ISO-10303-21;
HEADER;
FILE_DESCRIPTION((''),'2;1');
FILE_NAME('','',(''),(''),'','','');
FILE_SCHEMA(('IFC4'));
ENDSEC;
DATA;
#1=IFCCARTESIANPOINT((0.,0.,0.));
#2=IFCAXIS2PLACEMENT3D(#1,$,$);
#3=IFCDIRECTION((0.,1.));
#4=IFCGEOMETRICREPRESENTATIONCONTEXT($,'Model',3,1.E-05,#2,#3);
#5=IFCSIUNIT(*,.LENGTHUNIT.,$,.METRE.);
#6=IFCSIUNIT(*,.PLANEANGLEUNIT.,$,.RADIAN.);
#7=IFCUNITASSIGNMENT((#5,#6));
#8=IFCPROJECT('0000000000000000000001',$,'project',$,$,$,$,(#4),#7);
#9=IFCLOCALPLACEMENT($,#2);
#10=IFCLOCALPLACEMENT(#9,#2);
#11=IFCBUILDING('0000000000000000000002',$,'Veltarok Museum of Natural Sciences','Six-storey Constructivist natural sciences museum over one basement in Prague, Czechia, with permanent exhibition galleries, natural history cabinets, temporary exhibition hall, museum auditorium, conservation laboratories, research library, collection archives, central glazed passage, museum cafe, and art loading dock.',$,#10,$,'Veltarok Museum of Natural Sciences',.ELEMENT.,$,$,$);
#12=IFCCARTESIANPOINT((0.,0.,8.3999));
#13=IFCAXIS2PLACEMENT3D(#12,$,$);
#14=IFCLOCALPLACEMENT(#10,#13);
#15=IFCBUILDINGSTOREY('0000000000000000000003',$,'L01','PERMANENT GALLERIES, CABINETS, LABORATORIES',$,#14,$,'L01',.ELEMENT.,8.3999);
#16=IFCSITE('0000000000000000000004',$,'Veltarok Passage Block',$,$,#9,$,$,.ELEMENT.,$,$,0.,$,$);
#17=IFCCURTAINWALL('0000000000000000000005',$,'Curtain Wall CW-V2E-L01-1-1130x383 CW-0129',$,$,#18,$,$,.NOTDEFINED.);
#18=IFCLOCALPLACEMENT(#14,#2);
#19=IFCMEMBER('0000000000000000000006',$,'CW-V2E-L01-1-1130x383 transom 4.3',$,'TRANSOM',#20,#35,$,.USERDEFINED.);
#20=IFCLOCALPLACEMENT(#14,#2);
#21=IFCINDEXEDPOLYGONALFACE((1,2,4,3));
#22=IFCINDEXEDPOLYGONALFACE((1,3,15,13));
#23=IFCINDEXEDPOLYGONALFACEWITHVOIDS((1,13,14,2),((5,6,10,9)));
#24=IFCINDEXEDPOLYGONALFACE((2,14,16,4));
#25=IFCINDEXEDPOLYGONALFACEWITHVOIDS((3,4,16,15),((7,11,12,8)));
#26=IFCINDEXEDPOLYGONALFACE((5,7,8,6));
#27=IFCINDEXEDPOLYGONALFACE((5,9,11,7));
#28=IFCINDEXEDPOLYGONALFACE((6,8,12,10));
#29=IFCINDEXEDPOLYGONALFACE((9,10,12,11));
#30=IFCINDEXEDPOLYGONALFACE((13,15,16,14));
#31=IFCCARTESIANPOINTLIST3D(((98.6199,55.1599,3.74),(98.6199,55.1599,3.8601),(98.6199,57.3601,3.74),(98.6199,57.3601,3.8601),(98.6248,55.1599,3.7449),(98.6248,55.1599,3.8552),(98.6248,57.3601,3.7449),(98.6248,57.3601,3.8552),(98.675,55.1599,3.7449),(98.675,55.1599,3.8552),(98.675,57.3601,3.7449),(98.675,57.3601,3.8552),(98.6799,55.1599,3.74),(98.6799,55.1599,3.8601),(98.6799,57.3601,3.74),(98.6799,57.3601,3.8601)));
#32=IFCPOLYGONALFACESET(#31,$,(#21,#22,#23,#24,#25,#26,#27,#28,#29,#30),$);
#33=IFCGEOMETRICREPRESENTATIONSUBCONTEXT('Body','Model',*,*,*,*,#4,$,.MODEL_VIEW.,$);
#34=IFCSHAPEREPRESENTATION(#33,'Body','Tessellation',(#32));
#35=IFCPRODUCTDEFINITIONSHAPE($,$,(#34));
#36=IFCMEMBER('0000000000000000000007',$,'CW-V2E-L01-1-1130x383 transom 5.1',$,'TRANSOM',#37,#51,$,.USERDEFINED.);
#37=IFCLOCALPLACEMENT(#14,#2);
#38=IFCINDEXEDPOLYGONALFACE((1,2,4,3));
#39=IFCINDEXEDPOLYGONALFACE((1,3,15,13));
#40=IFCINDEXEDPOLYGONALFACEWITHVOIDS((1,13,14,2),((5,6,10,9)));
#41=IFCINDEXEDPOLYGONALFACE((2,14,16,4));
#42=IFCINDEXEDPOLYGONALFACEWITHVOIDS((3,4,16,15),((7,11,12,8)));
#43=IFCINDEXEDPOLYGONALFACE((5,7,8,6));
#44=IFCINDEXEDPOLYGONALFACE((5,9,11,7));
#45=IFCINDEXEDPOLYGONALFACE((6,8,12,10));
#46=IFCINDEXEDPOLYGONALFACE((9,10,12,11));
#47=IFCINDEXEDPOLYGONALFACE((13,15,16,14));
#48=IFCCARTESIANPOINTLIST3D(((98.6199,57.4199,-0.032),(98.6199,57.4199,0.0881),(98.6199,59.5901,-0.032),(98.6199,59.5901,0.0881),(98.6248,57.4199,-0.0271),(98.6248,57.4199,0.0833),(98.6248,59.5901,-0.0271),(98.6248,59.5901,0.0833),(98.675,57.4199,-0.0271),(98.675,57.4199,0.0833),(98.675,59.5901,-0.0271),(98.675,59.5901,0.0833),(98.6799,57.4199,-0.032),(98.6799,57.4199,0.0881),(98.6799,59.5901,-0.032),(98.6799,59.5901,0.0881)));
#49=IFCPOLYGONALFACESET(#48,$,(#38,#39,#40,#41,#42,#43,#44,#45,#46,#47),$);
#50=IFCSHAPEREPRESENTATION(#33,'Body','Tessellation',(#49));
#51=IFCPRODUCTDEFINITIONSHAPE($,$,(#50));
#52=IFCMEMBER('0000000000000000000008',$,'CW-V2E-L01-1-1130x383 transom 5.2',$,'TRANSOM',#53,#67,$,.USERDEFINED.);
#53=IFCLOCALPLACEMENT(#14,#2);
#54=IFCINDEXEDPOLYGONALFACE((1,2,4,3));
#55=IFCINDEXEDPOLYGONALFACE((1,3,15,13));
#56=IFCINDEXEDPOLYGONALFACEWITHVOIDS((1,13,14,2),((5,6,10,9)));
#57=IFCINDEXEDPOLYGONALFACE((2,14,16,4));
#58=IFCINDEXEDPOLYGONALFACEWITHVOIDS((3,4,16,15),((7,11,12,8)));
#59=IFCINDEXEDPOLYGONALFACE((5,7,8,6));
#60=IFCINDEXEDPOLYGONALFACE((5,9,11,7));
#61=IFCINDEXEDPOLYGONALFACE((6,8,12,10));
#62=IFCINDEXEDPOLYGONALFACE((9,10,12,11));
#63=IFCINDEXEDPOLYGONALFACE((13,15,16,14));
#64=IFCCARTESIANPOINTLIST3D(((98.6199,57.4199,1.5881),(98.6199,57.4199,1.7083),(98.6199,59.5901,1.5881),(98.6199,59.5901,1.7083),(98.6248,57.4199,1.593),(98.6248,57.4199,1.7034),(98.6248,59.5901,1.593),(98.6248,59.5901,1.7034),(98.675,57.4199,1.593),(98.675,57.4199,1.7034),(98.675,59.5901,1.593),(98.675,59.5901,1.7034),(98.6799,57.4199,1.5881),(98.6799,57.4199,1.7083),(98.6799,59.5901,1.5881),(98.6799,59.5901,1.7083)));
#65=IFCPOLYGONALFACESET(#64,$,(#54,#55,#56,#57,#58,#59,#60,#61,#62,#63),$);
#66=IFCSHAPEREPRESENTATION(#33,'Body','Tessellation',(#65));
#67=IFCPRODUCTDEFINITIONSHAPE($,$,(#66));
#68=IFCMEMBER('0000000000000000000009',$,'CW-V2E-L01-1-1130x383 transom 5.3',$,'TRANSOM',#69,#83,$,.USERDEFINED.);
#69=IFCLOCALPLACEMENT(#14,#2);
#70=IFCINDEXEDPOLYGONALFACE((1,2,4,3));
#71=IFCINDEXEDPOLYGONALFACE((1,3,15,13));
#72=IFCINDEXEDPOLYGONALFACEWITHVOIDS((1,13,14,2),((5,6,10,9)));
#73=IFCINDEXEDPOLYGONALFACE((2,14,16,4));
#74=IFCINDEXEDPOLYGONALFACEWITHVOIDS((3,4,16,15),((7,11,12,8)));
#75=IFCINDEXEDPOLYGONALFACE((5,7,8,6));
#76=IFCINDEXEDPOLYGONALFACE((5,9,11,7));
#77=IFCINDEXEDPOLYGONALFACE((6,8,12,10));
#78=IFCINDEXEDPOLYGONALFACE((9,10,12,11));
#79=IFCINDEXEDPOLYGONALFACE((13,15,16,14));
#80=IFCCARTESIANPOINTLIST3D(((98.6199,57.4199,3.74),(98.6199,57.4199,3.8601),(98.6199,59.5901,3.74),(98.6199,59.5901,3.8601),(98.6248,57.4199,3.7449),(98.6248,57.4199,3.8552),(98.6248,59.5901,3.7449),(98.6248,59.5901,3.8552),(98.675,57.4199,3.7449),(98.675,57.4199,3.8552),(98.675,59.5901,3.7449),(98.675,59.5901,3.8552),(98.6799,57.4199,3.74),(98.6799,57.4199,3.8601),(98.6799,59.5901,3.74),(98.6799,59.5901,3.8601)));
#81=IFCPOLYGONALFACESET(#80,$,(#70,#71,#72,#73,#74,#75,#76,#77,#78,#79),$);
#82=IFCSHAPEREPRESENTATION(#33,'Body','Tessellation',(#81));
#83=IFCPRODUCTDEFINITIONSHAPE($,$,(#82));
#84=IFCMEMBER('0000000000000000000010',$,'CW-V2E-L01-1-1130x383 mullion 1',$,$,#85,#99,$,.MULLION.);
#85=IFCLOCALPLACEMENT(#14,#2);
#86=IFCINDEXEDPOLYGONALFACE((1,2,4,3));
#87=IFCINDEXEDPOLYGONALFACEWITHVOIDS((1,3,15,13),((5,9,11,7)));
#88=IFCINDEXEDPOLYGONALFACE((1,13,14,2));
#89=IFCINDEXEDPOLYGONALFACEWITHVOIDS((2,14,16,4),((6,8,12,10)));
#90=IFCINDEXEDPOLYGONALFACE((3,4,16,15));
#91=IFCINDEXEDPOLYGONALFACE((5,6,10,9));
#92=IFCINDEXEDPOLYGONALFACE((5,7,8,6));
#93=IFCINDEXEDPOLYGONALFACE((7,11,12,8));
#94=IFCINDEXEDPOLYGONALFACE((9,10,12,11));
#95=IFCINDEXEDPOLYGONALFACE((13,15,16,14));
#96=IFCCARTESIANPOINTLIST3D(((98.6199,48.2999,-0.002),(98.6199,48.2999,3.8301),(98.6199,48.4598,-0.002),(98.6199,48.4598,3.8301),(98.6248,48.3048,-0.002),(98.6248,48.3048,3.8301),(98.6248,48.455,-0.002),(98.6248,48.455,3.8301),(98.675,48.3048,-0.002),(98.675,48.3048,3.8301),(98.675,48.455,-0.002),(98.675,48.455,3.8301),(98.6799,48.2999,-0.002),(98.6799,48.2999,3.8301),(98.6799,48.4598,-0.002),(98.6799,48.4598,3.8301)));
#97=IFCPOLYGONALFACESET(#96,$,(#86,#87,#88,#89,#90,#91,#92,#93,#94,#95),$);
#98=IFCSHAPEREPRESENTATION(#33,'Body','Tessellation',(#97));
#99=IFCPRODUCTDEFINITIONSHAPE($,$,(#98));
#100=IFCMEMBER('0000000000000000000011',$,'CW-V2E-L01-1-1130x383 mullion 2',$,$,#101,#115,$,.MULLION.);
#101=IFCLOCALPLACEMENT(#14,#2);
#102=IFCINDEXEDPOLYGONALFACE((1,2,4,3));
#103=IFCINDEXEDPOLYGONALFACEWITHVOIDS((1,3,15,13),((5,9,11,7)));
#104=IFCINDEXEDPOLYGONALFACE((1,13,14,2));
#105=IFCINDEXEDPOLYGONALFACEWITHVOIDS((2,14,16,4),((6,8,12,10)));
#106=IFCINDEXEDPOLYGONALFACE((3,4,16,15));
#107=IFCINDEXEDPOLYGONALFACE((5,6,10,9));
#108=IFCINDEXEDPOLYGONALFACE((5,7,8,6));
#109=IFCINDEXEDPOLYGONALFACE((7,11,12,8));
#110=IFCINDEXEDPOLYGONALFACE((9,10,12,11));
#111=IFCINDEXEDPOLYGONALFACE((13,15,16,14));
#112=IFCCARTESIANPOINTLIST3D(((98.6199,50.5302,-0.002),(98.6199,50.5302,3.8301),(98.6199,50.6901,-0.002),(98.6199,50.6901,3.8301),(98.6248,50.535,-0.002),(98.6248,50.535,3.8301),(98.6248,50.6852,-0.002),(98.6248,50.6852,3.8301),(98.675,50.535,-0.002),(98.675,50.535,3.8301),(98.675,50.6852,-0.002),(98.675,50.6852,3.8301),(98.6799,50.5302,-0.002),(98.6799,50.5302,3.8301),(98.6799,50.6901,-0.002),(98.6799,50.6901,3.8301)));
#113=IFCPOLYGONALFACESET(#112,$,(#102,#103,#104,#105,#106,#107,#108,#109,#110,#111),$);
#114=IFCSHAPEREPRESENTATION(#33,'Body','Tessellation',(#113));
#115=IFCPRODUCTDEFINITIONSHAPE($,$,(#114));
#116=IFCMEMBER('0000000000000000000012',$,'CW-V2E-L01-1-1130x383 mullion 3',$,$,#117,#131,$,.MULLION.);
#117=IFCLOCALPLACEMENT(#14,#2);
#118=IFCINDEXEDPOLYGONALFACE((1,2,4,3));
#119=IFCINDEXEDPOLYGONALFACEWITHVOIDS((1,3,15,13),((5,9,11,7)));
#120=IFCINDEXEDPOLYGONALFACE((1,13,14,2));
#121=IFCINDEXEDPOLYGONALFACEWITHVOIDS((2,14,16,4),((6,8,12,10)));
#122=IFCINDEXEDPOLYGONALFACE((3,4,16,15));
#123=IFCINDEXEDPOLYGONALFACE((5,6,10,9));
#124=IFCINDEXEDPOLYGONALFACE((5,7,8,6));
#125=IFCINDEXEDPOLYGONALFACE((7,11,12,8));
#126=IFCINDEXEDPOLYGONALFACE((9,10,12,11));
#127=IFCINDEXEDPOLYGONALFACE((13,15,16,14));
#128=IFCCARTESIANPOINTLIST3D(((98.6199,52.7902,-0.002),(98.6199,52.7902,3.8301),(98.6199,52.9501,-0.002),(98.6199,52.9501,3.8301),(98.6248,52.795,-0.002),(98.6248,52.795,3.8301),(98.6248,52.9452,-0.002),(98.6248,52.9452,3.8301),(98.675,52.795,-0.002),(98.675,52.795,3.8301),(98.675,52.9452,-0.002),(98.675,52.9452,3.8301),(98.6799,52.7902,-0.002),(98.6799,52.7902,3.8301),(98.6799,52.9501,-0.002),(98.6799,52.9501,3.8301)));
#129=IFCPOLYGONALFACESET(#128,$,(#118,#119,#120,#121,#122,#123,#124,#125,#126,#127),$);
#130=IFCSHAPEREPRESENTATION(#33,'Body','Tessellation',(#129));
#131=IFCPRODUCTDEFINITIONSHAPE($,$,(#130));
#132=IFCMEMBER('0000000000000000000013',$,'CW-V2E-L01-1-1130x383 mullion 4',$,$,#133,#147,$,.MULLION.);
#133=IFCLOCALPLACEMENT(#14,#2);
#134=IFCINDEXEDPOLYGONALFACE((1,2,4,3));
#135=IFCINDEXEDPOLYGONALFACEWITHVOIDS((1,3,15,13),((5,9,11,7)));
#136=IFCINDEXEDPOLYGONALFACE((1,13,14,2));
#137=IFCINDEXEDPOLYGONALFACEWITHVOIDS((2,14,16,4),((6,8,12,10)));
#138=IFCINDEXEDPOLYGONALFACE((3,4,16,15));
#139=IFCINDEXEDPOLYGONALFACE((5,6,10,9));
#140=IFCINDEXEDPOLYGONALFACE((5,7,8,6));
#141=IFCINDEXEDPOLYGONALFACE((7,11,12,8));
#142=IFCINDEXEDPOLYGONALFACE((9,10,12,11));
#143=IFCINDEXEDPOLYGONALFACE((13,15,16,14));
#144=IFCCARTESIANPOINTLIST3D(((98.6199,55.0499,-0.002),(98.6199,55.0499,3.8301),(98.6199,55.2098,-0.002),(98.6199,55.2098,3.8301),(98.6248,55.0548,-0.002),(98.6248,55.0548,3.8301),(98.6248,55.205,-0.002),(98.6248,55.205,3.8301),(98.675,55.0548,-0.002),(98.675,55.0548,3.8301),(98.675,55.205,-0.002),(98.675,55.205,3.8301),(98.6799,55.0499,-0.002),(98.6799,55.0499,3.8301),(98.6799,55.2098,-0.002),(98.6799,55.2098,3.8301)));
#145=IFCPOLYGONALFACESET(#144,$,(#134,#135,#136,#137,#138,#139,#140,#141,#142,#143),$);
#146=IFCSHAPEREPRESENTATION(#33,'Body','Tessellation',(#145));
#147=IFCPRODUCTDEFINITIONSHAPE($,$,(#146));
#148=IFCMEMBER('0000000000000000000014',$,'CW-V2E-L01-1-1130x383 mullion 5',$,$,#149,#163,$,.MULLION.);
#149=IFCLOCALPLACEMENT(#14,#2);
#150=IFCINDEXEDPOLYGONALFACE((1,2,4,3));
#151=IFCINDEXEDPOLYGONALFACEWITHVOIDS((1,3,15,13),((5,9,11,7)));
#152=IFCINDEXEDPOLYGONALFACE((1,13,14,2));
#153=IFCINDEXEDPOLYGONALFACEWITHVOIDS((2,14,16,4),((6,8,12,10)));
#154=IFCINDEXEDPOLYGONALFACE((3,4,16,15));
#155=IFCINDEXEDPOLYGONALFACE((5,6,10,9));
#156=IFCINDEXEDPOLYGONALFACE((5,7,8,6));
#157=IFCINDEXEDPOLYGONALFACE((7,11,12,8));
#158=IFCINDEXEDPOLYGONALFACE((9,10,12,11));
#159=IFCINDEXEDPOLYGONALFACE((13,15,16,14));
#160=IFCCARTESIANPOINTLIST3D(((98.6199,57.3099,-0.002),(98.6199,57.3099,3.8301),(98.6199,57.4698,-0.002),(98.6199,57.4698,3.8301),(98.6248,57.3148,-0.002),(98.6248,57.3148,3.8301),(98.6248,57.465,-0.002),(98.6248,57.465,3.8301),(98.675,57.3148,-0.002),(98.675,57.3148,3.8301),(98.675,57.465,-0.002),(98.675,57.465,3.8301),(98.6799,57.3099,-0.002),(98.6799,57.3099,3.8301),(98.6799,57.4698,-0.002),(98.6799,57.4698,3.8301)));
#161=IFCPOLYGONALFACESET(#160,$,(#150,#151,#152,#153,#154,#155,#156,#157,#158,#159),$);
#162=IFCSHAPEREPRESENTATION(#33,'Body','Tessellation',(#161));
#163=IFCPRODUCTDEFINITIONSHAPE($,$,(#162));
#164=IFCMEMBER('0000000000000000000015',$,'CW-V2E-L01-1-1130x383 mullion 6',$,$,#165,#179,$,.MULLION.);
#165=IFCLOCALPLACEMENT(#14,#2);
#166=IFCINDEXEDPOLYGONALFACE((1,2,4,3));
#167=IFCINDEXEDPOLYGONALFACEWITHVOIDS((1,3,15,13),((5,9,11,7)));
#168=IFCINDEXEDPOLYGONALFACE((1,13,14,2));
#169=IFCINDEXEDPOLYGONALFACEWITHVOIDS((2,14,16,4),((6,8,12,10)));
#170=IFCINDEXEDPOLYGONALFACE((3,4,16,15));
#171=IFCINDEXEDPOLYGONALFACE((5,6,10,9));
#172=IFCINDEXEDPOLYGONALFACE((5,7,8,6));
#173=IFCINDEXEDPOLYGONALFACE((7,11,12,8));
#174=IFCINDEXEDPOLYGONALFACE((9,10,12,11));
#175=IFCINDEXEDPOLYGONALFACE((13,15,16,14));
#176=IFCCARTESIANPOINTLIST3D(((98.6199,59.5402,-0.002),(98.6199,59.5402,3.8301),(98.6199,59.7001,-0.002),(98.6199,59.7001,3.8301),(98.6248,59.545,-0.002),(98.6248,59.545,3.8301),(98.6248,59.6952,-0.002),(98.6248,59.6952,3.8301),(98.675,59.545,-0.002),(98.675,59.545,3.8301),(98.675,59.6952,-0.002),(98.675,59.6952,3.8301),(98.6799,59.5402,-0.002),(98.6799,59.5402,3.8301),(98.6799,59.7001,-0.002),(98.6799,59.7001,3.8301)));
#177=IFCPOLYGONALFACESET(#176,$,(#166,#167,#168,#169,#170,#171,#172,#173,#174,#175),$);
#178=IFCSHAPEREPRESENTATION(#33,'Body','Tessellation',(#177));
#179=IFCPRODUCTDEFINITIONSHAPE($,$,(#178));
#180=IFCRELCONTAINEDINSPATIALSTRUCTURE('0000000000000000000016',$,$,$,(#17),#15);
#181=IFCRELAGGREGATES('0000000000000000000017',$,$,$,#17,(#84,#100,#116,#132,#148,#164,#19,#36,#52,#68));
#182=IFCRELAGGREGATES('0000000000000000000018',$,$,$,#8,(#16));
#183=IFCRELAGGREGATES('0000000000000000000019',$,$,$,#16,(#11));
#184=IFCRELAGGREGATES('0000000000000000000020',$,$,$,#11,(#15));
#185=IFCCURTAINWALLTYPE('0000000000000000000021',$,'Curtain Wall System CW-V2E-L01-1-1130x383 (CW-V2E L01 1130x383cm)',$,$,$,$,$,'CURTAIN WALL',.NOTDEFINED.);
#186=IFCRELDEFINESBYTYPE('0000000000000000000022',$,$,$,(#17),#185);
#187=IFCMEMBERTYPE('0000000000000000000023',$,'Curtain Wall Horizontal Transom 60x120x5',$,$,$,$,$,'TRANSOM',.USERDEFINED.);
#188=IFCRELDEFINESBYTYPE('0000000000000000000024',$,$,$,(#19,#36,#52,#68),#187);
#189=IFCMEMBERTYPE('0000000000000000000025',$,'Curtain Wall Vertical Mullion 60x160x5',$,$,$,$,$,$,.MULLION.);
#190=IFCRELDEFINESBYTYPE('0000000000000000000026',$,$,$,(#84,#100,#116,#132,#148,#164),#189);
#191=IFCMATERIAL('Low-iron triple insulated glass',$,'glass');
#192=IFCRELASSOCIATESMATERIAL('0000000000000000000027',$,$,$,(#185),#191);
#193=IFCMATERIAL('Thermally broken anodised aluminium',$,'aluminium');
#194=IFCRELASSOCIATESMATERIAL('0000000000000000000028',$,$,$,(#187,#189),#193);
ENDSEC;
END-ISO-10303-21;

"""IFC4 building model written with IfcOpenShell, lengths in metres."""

from ifc_helpers import new_model, si_unit, direction, frame, origin, origin_2d, place, context, subcontext, project, spatial, hollow_rectangle, extrude, material, material_profile, profile_set, type_object, element, aggregate, save


model = new_model("IFC4")

# Units and contexts
model_context = context("Model", 3, precision=1e-05, world=origin(), true_north=direction((0.0, 1.0)))
body_context = subcontext(model_context, "Body", "Model", "MODEL_VIEW")
ifc_project = project(units=[si_unit("LENGTHUNIT", "METRE"), si_unit("PLANEANGLEUNIT", "RADIAN")], contexts=[model_context])

# Site, building, storey
site_placement = place(None, origin())
site = spatial("IfcSite", under=ifc_project, at=site_placement, Name="Veltarok Passage Block", CompositionType="ELEMENT", RefElevation=0.0)
building_placement = place(site_placement, origin())
building = spatial("IfcBuilding", under=site, at=building_placement, Name="Veltarok Museum of Natural Sciences", Description="Six-storey Constructivist natural sciences museum over one basement in Prague, Czechia, with permanent exhibition galleries, natural history cabinets, temporary exhibition hall, museum auditorium, conservation laboratories, research library, collection archives, central glazed passage, museum cafe, and art loading dock.", LongName="Veltarok Museum of Natural Sciences", CompositionType="ELEMENT")
storey_placement = place(building_placement, frame((0.0, 0.0, 8.3999)))
storey = spatial("IfcBuildingStorey", under=building, at=storey_placement, Name="L01", Description="PERMANENT GALLERIES, CABINETS, LABORATORIES", LongName="L01", CompositionType="ELEMENT", Elevation=8.3999)

# Curtain wall, members
ifc_material_1 = material(Name="Low-iron triple insulated glass", Category="glass")
curtain_wall_type = type_object("IfcCurtainWallType", Name="Curtain Wall System CW-V2E-L01-1-1130x383 (CW-V2E L01 1130x383cm)", ElementType="CURTAIN WALL", PredefinedType="NOTDEFINED", material=ifc_material_1)
curtain_wall_placement = place(storey_placement, origin())
curtain_wall = element("IfcCurtainWall", 1, at=curtain_wall_placement, inside=storey, type_object=curtain_wall_type, Name="Curtain Wall CW-V2E-L01-1-1130x383 CW-0129", PredefinedType="NOTDEFINED")
ifc_material_2 = material(Name="Thermally broken anodised aluminium", Category="aluminium")
ifc_material_profile_1 = material_profile(ifc_material_2, hollow_rectangle(XDim=0.0601, YDim=0.1201, WallThickness=0.0049, at=origin_2d()), Name="CW TRANSOM 60x120x5")
ifc_profile_set_1 = profile_set([ifc_material_profile_1], Name="Thermally broken anodised aluminium")
member_type_1 = type_object("IfcMemberType", Name="Curtain Wall Horizontal Transom 60x120x5", ElementType="TRANSOM", PredefinedType="USERDEFINED", material=ifc_profile_set_1)
member_1_placement = place(storey_placement, frame((98.6499, 55.1599, 3.8), z_axis=(0.0, 1.0, 0.0), x_axis=(-1.0, 0.0, 0.0)))
member_1 = element("IfcMember", 2, at=member_1_placement, type_object=member_type_1, Name="CW-V2E-L01-1-1130x383 transom 4.3", ObjectType="TRANSOM", PredefinedType="USERDEFINED", context=body_context, shape_type="SweptSolid", body=[
    extrude(hollow_rectangle(XDim=0.0601, YDim=0.1201, WallThickness=0.0049, at=origin_2d()), origin(), (0.0, 0.0, 1.0), 2.2002),
])
member_2_placement = place(storey_placement, frame((98.6499, 57.4199, 0.0281), z_axis=(0.0, 1.0, 0.0), x_axis=(-1.0, 0.0, 0.0)))
member_2 = element("IfcMember", 3, at=member_2_placement, type_object=member_type_1, Name="CW-V2E-L01-1-1130x383 transom 5.1", ObjectType="TRANSOM", PredefinedType="USERDEFINED", context=body_context, shape_type="SweptSolid", body=[
    extrude(hollow_rectangle(XDim=0.0601, YDim=0.1201, WallThickness=0.0049, at=origin_2d()), origin(), (0.0, 0.0, 1.0), 2.1702),
])
member_3_placement = place(storey_placement, frame((98.6499, 57.4199, 1.6482), z_axis=(0.0, 1.0, 0.0), x_axis=(-1.0, 0.0, 0.0)))
member_3 = element("IfcMember", 4, at=member_3_placement, type_object=member_type_1, Name="CW-V2E-L01-1-1130x383 transom 5.2", ObjectType="TRANSOM", PredefinedType="USERDEFINED", context=body_context, shape_type="SweptSolid", body=[
    extrude(hollow_rectangle(XDim=0.0601, YDim=0.1201, WallThickness=0.0049, at=origin_2d()), origin(), (0.0, 0.0, 1.0), 2.1702),
])
member_4_placement = place(storey_placement, frame((98.6499, 57.4199, 3.8), z_axis=(0.0, 1.0, 0.0), x_axis=(-1.0, 0.0, 0.0)))
member_4 = element("IfcMember", 5, at=member_4_placement, type_object=member_type_1, Name="CW-V2E-L01-1-1130x383 transom 5.3", ObjectType="TRANSOM", PredefinedType="USERDEFINED", context=body_context, shape_type="SweptSolid", body=[
    extrude(hollow_rectangle(XDim=0.0601, YDim=0.1201, WallThickness=0.0049, at=origin_2d()), origin(), (0.0, 0.0, 1.0), 2.1702),
])
ifc_material_profile_2 = material_profile(ifc_material_2, hollow_rectangle(XDim=0.0601, YDim=0.1599, WallThickness=0.0049, at=origin_2d()), Name="CW MULLION 60x160x5")
ifc_profile_set_2 = profile_set([ifc_material_profile_2], Name="Thermally broken anodised aluminium")
member_type_2 = type_object("IfcMemberType", Name="Curtain Wall Vertical Mullion 60x160x5", PredefinedType="MULLION", material=ifc_profile_set_2)
member_5_placement = place(storey_placement, frame((98.6499, 48.3799, -0.002), z_axis=(0.0, 0.0, 1.0), x_axis=(-1.0, 0.0, 0.0)))
member_5 = element("IfcMember", 6, at=member_5_placement, type_object=member_type_2, Name="CW-V2E-L01-1-1130x383 mullion 1", PredefinedType="MULLION", context=body_context, shape_type="SweptSolid", body=[
    extrude(hollow_rectangle(XDim=0.0601, YDim=0.1599, WallThickness=0.0049, at=origin_2d()), origin(), (0.0, 0.0, 1.0), 3.832),
])
member_6_placement = place(storey_placement, frame((98.6499, 50.6101, -0.002), z_axis=(0.0, 0.0, 1.0), x_axis=(-1.0, 0.0, 0.0)))
member_6 = element("IfcMember", 7, at=member_6_placement, type_object=member_type_2, Name="CW-V2E-L01-1-1130x383 mullion 2", PredefinedType="MULLION", context=body_context, shape_type="SweptSolid", body=[
    extrude(hollow_rectangle(XDim=0.0601, YDim=0.1599, WallThickness=0.0049, at=origin_2d()), origin(), (0.0, 0.0, 1.0), 3.832),
])
member_7_placement = place(storey_placement, frame((98.6499, 52.8701, -0.002), z_axis=(0.0, 0.0, 1.0), x_axis=(-1.0, 0.0, 0.0)))
member_7 = element("IfcMember", 8, at=member_7_placement, type_object=member_type_2, Name="CW-V2E-L01-1-1130x383 mullion 3", PredefinedType="MULLION", context=body_context, shape_type="SweptSolid", body=[
    extrude(hollow_rectangle(XDim=0.0601, YDim=0.1599, WallThickness=0.0049, at=origin_2d()), origin(), (0.0, 0.0, 1.0), 3.832),
])
member_8_placement = place(storey_placement, frame((98.6499, 55.1299, -0.002), z_axis=(0.0, 0.0, 1.0), x_axis=(-1.0, 0.0, 0.0)))
member_8 = element("IfcMember", 9, at=member_8_placement, type_object=member_type_2, Name="CW-V2E-L01-1-1130x383 mullion 4", PredefinedType="MULLION", context=body_context, shape_type="SweptSolid", body=[
    extrude(hollow_rectangle(XDim=0.0601, YDim=0.1599, WallThickness=0.0049, at=origin_2d()), origin(), (0.0, 0.0, 1.0), 3.832),
])
member_9_placement = place(storey_placement, frame((98.6499, 57.3899, -0.002), z_axis=(0.0, 0.0, 1.0), x_axis=(-1.0, 0.0, 0.0)))
member_9 = element("IfcMember", 10, at=member_9_placement, type_object=member_type_2, Name="CW-V2E-L01-1-1130x383 mullion 5", PredefinedType="MULLION", context=body_context, shape_type="SweptSolid", body=[
    extrude(hollow_rectangle(XDim=0.0601, YDim=0.1599, WallThickness=0.0049, at=origin_2d()), origin(), (0.0, 0.0, 1.0), 3.832),
])
member_10_placement = place(storey_placement, frame((98.6499, 59.6201, -0.002), z_axis=(0.0, 0.0, 1.0), x_axis=(-1.0, 0.0, 0.0)))
member_10 = element("IfcMember", 11, at=member_10_placement, type_object=member_type_2, Name="CW-V2E-L01-1-1130x383 mullion 6", PredefinedType="MULLION", context=body_context, shape_type="SweptSolid", body=[
    extrude(hollow_rectangle(XDim=0.0601, YDim=0.1599, WallThickness=0.0049, at=origin_2d()), origin(), (0.0, 0.0, 1.0), 3.832),
])

aggregate(curtain_wall, [member_5, member_6, member_7, member_8, member_9, member_10, member_1, member_2, member_3, member_4])

save(model, "model.ifc")
